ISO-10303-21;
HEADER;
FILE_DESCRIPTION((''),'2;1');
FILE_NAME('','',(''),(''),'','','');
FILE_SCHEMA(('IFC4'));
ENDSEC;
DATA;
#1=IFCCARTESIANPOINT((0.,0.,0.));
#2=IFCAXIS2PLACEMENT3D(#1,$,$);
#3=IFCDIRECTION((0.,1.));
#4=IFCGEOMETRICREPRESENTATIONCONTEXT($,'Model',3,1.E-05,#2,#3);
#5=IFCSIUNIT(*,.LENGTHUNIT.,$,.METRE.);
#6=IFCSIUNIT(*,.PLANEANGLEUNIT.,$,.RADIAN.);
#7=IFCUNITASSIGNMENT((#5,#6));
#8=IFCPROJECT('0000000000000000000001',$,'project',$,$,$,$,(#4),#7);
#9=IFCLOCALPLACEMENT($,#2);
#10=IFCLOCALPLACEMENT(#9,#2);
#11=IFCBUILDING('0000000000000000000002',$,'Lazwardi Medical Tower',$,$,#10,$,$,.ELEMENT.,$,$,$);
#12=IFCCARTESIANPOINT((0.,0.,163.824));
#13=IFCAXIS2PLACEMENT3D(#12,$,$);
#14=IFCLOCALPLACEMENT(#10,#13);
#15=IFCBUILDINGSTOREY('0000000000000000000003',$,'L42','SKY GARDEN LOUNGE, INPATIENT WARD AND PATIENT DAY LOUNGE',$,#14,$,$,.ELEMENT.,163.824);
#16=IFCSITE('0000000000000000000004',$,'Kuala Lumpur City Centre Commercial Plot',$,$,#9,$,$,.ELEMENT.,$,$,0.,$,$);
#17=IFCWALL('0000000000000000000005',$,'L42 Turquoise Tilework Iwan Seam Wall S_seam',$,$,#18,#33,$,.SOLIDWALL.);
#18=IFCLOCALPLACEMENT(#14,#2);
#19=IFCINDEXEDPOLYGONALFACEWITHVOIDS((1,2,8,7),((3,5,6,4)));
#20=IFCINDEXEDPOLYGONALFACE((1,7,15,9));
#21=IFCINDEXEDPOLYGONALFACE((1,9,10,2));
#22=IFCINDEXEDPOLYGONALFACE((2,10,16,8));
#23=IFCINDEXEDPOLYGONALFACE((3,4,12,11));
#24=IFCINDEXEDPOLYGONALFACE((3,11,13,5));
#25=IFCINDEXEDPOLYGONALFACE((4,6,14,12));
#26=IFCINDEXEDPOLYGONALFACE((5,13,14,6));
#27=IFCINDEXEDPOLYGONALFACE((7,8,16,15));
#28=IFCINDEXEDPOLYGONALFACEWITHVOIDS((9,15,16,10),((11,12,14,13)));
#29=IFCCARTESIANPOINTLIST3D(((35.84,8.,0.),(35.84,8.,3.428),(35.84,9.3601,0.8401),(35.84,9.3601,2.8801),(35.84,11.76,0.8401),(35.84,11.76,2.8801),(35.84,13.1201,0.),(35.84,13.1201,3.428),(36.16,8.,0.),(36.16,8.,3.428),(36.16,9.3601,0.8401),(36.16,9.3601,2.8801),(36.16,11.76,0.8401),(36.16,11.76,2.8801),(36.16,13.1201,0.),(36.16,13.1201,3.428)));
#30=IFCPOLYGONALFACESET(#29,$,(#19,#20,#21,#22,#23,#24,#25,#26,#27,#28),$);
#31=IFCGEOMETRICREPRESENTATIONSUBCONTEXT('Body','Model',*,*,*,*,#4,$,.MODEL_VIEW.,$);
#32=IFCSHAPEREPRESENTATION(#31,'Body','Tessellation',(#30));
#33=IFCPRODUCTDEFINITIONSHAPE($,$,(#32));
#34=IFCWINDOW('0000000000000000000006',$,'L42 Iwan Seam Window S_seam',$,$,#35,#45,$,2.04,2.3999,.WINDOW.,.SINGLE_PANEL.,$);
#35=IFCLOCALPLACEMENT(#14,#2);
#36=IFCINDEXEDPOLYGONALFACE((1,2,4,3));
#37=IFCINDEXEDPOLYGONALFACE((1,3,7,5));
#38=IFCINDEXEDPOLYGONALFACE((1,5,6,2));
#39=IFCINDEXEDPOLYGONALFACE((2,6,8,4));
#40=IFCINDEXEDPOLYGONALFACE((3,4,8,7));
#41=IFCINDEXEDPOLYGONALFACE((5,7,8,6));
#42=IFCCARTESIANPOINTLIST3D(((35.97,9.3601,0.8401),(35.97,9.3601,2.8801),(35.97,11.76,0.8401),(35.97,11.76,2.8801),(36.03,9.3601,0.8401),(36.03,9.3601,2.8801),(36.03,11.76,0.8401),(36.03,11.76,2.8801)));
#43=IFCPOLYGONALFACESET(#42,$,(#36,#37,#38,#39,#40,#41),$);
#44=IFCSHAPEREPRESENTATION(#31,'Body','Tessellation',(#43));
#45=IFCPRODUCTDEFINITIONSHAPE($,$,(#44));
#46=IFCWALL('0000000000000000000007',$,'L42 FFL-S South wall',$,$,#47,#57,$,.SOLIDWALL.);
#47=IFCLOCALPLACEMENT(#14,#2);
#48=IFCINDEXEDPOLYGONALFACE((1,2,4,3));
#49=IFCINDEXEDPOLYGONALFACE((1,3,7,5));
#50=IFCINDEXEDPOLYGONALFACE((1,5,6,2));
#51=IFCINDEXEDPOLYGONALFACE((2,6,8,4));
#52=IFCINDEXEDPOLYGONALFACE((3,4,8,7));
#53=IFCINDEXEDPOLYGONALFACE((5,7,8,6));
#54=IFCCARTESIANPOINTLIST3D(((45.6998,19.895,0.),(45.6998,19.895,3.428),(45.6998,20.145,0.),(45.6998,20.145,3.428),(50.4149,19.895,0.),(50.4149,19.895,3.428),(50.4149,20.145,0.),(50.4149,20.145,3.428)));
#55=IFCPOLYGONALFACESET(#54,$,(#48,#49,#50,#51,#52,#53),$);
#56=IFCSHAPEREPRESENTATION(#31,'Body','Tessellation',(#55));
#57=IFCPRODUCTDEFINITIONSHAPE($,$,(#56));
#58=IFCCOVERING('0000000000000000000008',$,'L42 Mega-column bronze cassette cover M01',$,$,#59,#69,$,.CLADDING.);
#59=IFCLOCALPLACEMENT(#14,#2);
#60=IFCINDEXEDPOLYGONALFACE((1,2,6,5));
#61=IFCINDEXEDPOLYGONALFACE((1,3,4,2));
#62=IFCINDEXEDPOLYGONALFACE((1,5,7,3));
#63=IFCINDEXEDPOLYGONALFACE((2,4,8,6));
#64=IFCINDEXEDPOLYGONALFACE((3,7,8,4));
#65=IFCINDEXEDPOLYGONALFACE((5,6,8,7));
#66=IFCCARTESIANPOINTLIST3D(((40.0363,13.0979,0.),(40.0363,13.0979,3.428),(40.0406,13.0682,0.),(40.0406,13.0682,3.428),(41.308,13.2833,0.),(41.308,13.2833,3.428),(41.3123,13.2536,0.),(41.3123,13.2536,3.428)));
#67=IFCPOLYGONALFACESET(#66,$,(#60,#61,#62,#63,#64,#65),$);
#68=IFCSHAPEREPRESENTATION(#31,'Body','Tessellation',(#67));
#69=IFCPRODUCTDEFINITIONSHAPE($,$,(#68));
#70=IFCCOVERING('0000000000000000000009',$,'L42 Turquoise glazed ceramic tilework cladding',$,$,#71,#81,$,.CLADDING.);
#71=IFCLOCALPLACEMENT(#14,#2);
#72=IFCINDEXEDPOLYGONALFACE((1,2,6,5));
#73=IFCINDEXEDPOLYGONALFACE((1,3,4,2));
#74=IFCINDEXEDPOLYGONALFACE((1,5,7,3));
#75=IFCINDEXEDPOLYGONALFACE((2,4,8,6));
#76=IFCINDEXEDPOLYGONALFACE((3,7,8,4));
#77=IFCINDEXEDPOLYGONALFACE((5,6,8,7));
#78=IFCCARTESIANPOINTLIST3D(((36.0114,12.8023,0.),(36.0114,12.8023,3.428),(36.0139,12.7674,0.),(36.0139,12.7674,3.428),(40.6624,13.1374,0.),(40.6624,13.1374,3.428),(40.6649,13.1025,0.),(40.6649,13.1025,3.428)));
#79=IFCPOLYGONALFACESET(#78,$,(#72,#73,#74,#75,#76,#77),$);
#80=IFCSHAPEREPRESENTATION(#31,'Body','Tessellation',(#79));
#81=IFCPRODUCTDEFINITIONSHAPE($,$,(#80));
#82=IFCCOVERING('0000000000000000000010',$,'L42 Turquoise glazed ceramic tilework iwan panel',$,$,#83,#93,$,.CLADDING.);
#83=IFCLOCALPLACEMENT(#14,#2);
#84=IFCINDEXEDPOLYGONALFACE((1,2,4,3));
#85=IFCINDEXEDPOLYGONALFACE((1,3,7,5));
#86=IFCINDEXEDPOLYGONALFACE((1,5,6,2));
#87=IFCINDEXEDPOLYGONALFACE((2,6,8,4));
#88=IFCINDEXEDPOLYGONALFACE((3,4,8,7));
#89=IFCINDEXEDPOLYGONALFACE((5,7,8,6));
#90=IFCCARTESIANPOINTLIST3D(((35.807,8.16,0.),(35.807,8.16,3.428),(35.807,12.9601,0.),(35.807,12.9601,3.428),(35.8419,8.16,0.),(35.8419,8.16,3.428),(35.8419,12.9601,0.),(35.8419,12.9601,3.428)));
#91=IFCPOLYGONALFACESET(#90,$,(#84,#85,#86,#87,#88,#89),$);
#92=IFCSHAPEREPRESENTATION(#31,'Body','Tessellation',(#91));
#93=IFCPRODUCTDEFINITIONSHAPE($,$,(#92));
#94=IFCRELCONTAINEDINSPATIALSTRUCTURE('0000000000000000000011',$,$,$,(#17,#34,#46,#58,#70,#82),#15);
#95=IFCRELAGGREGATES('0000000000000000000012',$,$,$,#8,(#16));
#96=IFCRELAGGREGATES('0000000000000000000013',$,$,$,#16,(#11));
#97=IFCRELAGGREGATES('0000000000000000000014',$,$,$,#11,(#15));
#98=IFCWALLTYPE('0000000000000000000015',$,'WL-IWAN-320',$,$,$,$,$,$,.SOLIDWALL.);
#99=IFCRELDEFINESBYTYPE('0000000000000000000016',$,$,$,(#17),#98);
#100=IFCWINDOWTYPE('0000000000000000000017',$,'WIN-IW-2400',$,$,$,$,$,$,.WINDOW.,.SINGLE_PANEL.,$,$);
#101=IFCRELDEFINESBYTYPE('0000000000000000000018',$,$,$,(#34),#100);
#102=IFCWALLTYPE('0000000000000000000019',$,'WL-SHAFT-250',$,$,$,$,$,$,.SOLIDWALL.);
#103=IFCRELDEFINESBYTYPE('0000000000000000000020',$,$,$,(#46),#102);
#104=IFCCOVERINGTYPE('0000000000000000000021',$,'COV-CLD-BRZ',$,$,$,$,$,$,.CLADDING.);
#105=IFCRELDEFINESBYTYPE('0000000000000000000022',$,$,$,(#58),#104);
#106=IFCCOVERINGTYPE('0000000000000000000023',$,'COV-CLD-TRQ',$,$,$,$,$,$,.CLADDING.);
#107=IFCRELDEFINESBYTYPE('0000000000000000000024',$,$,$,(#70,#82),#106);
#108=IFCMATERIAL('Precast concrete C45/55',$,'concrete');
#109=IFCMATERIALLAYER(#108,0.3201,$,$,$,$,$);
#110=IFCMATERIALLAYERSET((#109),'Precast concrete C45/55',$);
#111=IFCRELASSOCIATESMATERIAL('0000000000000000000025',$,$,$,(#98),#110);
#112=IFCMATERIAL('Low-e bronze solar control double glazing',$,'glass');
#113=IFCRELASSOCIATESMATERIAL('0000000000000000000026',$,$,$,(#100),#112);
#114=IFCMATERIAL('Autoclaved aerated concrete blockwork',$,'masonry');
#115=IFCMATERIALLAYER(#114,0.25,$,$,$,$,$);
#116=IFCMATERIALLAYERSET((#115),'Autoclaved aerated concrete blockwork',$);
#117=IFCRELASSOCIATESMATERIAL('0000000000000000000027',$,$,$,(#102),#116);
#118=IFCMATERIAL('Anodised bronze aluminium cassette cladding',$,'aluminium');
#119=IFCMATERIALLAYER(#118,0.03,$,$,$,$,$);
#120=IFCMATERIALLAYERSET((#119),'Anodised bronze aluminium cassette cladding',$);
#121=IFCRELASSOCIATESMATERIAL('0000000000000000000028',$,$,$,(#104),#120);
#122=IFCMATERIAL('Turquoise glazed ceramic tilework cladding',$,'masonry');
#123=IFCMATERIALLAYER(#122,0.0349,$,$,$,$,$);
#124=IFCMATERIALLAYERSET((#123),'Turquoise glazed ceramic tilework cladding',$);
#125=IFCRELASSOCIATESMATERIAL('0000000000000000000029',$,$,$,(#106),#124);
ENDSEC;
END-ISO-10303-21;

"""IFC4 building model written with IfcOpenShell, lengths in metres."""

from ifc_helpers import new_model, si_unit, direction, frame, frame_2d, origin, origin_2d, place, context, subcontext, project, spatial, rectangle, extrude, material, layer, layer_set, type_object, element, fill, save


model = new_model("IFC4")

# Units and contexts
model_context = context("Model", 3, precision=1e-05, world=origin(), true_north=direction((0.0, 1.0)))
body_context = subcontext(model_context, "Body", "Model", "MODEL_VIEW")
ifc_project = project(units=[si_unit("LENGTHUNIT", "METRE"), si_unit("PLANEANGLEUNIT", "RADIAN")], contexts=[model_context])

# Site, building, storey
site_placement = place(None, origin())
site = spatial("IfcSite", under=ifc_project, at=site_placement, Name="Kuala Lumpur City Centre Commercial Plot", CompositionType="ELEMENT", RefElevation=0.0)
building_placement = place(site_placement, origin())
building = spatial("IfcBuilding", under=site, at=building_placement, Name="Lazwardi Medical Tower", CompositionType="ELEMENT")
storey_placement = place(building_placement, frame((0.0, 0.0, 163.824)))
storey = spatial("IfcBuildingStorey", under=building, at=storey_placement, Name="L42", Description="SKY GARDEN LOUNGE, INPATIENT WARD AND PATIENT DAY LOUNGE", CompositionType="ELEMENT", Elevation=163.824)

# Shared definitions
ifc_material_1 = material(Name="Low-e bronze solar control double glazing", Category="glass")

# Wall, opening, window
ifc_material_2 = material(Name="Precast concrete C45/55", Category="concrete")
ifc_layer_1 = layer(ifc_material_2, 0.3201)
ifc_layer_set_1 = layer_set([ifc_layer_1], Name="Precast concrete C45/55")
wall_type_1 = type_object("IfcWallType", Name="WL-IWAN-320", PredefinedType="SOLIDWALL", material=ifc_layer_set_1)
wall_1_placement = place(storey_placement, frame((36.0, 8.0, 0.0), z_axis=(0.0, 0.0, 1.0), x_axis=(0.0, 1.0, 0.0)))
wall_1 = element("IfcWall", 1, at=wall_1_placement, inside=storey, type_object=wall_type_1, Name="L42 Turquoise Tilework Iwan Seam Wall S_seam", PredefinedType="SOLIDWALL", context=body_context, shape_type="SweptSolid", body=[
    extrude(rectangle(XDim=5.1201, YDim=0.3201, at=frame_2d((2.5601, 0.0))), origin(), (0.0, 0.0, 1.0), 3.428),
])
opening_1_placement = place(wall_1_placement, frame((1.3601, 0.0, 0.8401)))
opening_1 = element("IfcOpeningElement", 2, at=opening_1_placement, cuts=wall_1, PredefinedType="OPENING", context=body_context, shape_type="SweptSolid", body=[
    extrude(rectangle(XDim=2.3999, YDim=2.04, at=frame_2d((1.2, 1.02))), frame((0.0, 0.1699, 0.0), z_axis=(0.0, -1.0, 0.0), x_axis=(1.0, 0.0, 0.0)), (0.0, 0.0, 1.0), 0.3401),
])
window_type_1 = type_object("IfcWindowType", Name="WIN-IW-2400", PartitioningType="SINGLE_PANEL", PredefinedType="WINDOW", material=ifc_material_1)
window_1_placement = place(opening_1_placement, origin())
window_1 = element("IfcWindow", 3, at=window_1_placement, inside=storey, type_object=window_type_1, Name="L42 Iwan Seam Window S_seam", OverallHeight=2.04, OverallWidth=2.3999, PartitioningType="SINGLE_PANEL", PredefinedType="WINDOW", context=body_context, shape_type="SweptSolid", body=[
    extrude(rectangle(XDim=2.3999, YDim=2.04, at=frame_2d((1.2, 1.02))), frame((0.0, 0.03, 0.0), z_axis=(0.0, -1.0, 0.0), x_axis=(1.0, 0.0, 0.0)), (0.0, 0.0, 1.0), 0.0601),
])
fill(opening_1, window_1)

# Wall
ifc_material_3 = material(Name="Autoclaved aerated concrete blockwork", Category="masonry")
ifc_layer_2 = layer(ifc_material_3, 0.25)
ifc_layer_set_2 = layer_set([ifc_layer_2], Name="Autoclaved aerated concrete blockwork")
wall_type_2 = type_object("IfcWallType", Name="WL-SHAFT-250", PredefinedType="SOLIDWALL", material=ifc_layer_set_2)
wall_2_placement = place(storey_placement, frame((45.7, 20.02, 0.0), z_axis=(0.0, 0.0, 1.0), x_axis=(1.0, 0.0, 0.0)))
element("IfcWall", 4, at=wall_2_placement, inside=storey, type_object=wall_type_2, Name="L42 FFL-S South wall", PredefinedType="SOLIDWALL", context=body_context, shape_type="SweptSolid", body=[
    extrude(rectangle(XDim=4.7151, YDim=0.25, at=frame_2d((2.3574, 0.0))), origin(), (0.0, 0.0, 1.0), 3.428),
])

# Coverings
ifc_material_4 = material(Name="Anodised bronze aluminium cassette cladding", Category="aluminium")
ifc_layer_3 = layer(ifc_material_4, 0.03)
ifc_layer_set_3 = layer_set([ifc_layer_3], Name="Anodised bronze aluminium cassette cladding")
covering_type_1 = type_object("IfcCoveringType", Name="COV-CLD-BRZ", PredefinedType="CLADDING", material=ifc_layer_set_3)
covering_1_placement = place(storey_placement, frame((40.6743, 13.1758, 0.0), z_axis=(0.0, 0.0, 1.0), x_axis=(0.989539, 0.144265, 0.0)))
element("IfcCovering", 5, at=covering_1_placement, inside=storey, type_object=covering_type_1, Name="L42 Mega-column bronze cassette cover M01", PredefinedType="CLADDING", context=body_context, shape_type="SweptSolid", body=[
    extrude(rectangle(XDim=1.2852, YDim=0.03, at=origin_2d()), origin(), (0.0, 0.0, 1.0), 3.428),
])
ifc_material_5 = material(Name="Turquoise glazed ceramic tilework cladding", Category="masonry")
ifc_layer_4 = layer(ifc_material_5, 0.0349)
ifc_layer_set_4 = layer_set([ifc_layer_4], Name="Turquoise glazed ceramic tilework cladding")
covering_type_2 = type_object("IfcCoveringType", Name="COV-CLD-TRQ", PredefinedType="CLADDING", material=ifc_layer_set_4)
covering_2_placement = place(storey_placement, frame((38.3381, 12.9524, 0.0), z_axis=(0.0, 0.0, 1.0), x_axis=(0.997415, 0.071863, 0.0)))
element("IfcCovering", 6, at=covering_2_placement, inside=storey, type_object=covering_type_2, Name="L42 Turquoise glazed ceramic tilework cladding", PredefinedType="CLADDING", context=body_context, shape_type="SweptSolid", body=[
    extrude(rectangle(XDim=4.6631, YDim=0.0349, at=origin_2d()), origin(), (0.0, 0.0, 1.0), 3.428),
])
covering_3_placement = place(storey_placement, frame((35.8245, 10.5601, 0.0), z_axis=(0.0, 0.0, 1.0), x_axis=(0.0, 1.0, 0.0)))
element("IfcCovering", 7, at=covering_3_placement, inside=storey, type_object=covering_type_2, Name="L42 Turquoise glazed ceramic tilework iwan panel", PredefinedType="CLADDING", context=body_context, shape_type="SweptSolid", body=[
    extrude(rectangle(XDim=4.8, YDim=0.0349, at=origin_2d()), origin(), (0.0, 0.0, 1.0), 3.428),
])

save(model, "model.ifc")
